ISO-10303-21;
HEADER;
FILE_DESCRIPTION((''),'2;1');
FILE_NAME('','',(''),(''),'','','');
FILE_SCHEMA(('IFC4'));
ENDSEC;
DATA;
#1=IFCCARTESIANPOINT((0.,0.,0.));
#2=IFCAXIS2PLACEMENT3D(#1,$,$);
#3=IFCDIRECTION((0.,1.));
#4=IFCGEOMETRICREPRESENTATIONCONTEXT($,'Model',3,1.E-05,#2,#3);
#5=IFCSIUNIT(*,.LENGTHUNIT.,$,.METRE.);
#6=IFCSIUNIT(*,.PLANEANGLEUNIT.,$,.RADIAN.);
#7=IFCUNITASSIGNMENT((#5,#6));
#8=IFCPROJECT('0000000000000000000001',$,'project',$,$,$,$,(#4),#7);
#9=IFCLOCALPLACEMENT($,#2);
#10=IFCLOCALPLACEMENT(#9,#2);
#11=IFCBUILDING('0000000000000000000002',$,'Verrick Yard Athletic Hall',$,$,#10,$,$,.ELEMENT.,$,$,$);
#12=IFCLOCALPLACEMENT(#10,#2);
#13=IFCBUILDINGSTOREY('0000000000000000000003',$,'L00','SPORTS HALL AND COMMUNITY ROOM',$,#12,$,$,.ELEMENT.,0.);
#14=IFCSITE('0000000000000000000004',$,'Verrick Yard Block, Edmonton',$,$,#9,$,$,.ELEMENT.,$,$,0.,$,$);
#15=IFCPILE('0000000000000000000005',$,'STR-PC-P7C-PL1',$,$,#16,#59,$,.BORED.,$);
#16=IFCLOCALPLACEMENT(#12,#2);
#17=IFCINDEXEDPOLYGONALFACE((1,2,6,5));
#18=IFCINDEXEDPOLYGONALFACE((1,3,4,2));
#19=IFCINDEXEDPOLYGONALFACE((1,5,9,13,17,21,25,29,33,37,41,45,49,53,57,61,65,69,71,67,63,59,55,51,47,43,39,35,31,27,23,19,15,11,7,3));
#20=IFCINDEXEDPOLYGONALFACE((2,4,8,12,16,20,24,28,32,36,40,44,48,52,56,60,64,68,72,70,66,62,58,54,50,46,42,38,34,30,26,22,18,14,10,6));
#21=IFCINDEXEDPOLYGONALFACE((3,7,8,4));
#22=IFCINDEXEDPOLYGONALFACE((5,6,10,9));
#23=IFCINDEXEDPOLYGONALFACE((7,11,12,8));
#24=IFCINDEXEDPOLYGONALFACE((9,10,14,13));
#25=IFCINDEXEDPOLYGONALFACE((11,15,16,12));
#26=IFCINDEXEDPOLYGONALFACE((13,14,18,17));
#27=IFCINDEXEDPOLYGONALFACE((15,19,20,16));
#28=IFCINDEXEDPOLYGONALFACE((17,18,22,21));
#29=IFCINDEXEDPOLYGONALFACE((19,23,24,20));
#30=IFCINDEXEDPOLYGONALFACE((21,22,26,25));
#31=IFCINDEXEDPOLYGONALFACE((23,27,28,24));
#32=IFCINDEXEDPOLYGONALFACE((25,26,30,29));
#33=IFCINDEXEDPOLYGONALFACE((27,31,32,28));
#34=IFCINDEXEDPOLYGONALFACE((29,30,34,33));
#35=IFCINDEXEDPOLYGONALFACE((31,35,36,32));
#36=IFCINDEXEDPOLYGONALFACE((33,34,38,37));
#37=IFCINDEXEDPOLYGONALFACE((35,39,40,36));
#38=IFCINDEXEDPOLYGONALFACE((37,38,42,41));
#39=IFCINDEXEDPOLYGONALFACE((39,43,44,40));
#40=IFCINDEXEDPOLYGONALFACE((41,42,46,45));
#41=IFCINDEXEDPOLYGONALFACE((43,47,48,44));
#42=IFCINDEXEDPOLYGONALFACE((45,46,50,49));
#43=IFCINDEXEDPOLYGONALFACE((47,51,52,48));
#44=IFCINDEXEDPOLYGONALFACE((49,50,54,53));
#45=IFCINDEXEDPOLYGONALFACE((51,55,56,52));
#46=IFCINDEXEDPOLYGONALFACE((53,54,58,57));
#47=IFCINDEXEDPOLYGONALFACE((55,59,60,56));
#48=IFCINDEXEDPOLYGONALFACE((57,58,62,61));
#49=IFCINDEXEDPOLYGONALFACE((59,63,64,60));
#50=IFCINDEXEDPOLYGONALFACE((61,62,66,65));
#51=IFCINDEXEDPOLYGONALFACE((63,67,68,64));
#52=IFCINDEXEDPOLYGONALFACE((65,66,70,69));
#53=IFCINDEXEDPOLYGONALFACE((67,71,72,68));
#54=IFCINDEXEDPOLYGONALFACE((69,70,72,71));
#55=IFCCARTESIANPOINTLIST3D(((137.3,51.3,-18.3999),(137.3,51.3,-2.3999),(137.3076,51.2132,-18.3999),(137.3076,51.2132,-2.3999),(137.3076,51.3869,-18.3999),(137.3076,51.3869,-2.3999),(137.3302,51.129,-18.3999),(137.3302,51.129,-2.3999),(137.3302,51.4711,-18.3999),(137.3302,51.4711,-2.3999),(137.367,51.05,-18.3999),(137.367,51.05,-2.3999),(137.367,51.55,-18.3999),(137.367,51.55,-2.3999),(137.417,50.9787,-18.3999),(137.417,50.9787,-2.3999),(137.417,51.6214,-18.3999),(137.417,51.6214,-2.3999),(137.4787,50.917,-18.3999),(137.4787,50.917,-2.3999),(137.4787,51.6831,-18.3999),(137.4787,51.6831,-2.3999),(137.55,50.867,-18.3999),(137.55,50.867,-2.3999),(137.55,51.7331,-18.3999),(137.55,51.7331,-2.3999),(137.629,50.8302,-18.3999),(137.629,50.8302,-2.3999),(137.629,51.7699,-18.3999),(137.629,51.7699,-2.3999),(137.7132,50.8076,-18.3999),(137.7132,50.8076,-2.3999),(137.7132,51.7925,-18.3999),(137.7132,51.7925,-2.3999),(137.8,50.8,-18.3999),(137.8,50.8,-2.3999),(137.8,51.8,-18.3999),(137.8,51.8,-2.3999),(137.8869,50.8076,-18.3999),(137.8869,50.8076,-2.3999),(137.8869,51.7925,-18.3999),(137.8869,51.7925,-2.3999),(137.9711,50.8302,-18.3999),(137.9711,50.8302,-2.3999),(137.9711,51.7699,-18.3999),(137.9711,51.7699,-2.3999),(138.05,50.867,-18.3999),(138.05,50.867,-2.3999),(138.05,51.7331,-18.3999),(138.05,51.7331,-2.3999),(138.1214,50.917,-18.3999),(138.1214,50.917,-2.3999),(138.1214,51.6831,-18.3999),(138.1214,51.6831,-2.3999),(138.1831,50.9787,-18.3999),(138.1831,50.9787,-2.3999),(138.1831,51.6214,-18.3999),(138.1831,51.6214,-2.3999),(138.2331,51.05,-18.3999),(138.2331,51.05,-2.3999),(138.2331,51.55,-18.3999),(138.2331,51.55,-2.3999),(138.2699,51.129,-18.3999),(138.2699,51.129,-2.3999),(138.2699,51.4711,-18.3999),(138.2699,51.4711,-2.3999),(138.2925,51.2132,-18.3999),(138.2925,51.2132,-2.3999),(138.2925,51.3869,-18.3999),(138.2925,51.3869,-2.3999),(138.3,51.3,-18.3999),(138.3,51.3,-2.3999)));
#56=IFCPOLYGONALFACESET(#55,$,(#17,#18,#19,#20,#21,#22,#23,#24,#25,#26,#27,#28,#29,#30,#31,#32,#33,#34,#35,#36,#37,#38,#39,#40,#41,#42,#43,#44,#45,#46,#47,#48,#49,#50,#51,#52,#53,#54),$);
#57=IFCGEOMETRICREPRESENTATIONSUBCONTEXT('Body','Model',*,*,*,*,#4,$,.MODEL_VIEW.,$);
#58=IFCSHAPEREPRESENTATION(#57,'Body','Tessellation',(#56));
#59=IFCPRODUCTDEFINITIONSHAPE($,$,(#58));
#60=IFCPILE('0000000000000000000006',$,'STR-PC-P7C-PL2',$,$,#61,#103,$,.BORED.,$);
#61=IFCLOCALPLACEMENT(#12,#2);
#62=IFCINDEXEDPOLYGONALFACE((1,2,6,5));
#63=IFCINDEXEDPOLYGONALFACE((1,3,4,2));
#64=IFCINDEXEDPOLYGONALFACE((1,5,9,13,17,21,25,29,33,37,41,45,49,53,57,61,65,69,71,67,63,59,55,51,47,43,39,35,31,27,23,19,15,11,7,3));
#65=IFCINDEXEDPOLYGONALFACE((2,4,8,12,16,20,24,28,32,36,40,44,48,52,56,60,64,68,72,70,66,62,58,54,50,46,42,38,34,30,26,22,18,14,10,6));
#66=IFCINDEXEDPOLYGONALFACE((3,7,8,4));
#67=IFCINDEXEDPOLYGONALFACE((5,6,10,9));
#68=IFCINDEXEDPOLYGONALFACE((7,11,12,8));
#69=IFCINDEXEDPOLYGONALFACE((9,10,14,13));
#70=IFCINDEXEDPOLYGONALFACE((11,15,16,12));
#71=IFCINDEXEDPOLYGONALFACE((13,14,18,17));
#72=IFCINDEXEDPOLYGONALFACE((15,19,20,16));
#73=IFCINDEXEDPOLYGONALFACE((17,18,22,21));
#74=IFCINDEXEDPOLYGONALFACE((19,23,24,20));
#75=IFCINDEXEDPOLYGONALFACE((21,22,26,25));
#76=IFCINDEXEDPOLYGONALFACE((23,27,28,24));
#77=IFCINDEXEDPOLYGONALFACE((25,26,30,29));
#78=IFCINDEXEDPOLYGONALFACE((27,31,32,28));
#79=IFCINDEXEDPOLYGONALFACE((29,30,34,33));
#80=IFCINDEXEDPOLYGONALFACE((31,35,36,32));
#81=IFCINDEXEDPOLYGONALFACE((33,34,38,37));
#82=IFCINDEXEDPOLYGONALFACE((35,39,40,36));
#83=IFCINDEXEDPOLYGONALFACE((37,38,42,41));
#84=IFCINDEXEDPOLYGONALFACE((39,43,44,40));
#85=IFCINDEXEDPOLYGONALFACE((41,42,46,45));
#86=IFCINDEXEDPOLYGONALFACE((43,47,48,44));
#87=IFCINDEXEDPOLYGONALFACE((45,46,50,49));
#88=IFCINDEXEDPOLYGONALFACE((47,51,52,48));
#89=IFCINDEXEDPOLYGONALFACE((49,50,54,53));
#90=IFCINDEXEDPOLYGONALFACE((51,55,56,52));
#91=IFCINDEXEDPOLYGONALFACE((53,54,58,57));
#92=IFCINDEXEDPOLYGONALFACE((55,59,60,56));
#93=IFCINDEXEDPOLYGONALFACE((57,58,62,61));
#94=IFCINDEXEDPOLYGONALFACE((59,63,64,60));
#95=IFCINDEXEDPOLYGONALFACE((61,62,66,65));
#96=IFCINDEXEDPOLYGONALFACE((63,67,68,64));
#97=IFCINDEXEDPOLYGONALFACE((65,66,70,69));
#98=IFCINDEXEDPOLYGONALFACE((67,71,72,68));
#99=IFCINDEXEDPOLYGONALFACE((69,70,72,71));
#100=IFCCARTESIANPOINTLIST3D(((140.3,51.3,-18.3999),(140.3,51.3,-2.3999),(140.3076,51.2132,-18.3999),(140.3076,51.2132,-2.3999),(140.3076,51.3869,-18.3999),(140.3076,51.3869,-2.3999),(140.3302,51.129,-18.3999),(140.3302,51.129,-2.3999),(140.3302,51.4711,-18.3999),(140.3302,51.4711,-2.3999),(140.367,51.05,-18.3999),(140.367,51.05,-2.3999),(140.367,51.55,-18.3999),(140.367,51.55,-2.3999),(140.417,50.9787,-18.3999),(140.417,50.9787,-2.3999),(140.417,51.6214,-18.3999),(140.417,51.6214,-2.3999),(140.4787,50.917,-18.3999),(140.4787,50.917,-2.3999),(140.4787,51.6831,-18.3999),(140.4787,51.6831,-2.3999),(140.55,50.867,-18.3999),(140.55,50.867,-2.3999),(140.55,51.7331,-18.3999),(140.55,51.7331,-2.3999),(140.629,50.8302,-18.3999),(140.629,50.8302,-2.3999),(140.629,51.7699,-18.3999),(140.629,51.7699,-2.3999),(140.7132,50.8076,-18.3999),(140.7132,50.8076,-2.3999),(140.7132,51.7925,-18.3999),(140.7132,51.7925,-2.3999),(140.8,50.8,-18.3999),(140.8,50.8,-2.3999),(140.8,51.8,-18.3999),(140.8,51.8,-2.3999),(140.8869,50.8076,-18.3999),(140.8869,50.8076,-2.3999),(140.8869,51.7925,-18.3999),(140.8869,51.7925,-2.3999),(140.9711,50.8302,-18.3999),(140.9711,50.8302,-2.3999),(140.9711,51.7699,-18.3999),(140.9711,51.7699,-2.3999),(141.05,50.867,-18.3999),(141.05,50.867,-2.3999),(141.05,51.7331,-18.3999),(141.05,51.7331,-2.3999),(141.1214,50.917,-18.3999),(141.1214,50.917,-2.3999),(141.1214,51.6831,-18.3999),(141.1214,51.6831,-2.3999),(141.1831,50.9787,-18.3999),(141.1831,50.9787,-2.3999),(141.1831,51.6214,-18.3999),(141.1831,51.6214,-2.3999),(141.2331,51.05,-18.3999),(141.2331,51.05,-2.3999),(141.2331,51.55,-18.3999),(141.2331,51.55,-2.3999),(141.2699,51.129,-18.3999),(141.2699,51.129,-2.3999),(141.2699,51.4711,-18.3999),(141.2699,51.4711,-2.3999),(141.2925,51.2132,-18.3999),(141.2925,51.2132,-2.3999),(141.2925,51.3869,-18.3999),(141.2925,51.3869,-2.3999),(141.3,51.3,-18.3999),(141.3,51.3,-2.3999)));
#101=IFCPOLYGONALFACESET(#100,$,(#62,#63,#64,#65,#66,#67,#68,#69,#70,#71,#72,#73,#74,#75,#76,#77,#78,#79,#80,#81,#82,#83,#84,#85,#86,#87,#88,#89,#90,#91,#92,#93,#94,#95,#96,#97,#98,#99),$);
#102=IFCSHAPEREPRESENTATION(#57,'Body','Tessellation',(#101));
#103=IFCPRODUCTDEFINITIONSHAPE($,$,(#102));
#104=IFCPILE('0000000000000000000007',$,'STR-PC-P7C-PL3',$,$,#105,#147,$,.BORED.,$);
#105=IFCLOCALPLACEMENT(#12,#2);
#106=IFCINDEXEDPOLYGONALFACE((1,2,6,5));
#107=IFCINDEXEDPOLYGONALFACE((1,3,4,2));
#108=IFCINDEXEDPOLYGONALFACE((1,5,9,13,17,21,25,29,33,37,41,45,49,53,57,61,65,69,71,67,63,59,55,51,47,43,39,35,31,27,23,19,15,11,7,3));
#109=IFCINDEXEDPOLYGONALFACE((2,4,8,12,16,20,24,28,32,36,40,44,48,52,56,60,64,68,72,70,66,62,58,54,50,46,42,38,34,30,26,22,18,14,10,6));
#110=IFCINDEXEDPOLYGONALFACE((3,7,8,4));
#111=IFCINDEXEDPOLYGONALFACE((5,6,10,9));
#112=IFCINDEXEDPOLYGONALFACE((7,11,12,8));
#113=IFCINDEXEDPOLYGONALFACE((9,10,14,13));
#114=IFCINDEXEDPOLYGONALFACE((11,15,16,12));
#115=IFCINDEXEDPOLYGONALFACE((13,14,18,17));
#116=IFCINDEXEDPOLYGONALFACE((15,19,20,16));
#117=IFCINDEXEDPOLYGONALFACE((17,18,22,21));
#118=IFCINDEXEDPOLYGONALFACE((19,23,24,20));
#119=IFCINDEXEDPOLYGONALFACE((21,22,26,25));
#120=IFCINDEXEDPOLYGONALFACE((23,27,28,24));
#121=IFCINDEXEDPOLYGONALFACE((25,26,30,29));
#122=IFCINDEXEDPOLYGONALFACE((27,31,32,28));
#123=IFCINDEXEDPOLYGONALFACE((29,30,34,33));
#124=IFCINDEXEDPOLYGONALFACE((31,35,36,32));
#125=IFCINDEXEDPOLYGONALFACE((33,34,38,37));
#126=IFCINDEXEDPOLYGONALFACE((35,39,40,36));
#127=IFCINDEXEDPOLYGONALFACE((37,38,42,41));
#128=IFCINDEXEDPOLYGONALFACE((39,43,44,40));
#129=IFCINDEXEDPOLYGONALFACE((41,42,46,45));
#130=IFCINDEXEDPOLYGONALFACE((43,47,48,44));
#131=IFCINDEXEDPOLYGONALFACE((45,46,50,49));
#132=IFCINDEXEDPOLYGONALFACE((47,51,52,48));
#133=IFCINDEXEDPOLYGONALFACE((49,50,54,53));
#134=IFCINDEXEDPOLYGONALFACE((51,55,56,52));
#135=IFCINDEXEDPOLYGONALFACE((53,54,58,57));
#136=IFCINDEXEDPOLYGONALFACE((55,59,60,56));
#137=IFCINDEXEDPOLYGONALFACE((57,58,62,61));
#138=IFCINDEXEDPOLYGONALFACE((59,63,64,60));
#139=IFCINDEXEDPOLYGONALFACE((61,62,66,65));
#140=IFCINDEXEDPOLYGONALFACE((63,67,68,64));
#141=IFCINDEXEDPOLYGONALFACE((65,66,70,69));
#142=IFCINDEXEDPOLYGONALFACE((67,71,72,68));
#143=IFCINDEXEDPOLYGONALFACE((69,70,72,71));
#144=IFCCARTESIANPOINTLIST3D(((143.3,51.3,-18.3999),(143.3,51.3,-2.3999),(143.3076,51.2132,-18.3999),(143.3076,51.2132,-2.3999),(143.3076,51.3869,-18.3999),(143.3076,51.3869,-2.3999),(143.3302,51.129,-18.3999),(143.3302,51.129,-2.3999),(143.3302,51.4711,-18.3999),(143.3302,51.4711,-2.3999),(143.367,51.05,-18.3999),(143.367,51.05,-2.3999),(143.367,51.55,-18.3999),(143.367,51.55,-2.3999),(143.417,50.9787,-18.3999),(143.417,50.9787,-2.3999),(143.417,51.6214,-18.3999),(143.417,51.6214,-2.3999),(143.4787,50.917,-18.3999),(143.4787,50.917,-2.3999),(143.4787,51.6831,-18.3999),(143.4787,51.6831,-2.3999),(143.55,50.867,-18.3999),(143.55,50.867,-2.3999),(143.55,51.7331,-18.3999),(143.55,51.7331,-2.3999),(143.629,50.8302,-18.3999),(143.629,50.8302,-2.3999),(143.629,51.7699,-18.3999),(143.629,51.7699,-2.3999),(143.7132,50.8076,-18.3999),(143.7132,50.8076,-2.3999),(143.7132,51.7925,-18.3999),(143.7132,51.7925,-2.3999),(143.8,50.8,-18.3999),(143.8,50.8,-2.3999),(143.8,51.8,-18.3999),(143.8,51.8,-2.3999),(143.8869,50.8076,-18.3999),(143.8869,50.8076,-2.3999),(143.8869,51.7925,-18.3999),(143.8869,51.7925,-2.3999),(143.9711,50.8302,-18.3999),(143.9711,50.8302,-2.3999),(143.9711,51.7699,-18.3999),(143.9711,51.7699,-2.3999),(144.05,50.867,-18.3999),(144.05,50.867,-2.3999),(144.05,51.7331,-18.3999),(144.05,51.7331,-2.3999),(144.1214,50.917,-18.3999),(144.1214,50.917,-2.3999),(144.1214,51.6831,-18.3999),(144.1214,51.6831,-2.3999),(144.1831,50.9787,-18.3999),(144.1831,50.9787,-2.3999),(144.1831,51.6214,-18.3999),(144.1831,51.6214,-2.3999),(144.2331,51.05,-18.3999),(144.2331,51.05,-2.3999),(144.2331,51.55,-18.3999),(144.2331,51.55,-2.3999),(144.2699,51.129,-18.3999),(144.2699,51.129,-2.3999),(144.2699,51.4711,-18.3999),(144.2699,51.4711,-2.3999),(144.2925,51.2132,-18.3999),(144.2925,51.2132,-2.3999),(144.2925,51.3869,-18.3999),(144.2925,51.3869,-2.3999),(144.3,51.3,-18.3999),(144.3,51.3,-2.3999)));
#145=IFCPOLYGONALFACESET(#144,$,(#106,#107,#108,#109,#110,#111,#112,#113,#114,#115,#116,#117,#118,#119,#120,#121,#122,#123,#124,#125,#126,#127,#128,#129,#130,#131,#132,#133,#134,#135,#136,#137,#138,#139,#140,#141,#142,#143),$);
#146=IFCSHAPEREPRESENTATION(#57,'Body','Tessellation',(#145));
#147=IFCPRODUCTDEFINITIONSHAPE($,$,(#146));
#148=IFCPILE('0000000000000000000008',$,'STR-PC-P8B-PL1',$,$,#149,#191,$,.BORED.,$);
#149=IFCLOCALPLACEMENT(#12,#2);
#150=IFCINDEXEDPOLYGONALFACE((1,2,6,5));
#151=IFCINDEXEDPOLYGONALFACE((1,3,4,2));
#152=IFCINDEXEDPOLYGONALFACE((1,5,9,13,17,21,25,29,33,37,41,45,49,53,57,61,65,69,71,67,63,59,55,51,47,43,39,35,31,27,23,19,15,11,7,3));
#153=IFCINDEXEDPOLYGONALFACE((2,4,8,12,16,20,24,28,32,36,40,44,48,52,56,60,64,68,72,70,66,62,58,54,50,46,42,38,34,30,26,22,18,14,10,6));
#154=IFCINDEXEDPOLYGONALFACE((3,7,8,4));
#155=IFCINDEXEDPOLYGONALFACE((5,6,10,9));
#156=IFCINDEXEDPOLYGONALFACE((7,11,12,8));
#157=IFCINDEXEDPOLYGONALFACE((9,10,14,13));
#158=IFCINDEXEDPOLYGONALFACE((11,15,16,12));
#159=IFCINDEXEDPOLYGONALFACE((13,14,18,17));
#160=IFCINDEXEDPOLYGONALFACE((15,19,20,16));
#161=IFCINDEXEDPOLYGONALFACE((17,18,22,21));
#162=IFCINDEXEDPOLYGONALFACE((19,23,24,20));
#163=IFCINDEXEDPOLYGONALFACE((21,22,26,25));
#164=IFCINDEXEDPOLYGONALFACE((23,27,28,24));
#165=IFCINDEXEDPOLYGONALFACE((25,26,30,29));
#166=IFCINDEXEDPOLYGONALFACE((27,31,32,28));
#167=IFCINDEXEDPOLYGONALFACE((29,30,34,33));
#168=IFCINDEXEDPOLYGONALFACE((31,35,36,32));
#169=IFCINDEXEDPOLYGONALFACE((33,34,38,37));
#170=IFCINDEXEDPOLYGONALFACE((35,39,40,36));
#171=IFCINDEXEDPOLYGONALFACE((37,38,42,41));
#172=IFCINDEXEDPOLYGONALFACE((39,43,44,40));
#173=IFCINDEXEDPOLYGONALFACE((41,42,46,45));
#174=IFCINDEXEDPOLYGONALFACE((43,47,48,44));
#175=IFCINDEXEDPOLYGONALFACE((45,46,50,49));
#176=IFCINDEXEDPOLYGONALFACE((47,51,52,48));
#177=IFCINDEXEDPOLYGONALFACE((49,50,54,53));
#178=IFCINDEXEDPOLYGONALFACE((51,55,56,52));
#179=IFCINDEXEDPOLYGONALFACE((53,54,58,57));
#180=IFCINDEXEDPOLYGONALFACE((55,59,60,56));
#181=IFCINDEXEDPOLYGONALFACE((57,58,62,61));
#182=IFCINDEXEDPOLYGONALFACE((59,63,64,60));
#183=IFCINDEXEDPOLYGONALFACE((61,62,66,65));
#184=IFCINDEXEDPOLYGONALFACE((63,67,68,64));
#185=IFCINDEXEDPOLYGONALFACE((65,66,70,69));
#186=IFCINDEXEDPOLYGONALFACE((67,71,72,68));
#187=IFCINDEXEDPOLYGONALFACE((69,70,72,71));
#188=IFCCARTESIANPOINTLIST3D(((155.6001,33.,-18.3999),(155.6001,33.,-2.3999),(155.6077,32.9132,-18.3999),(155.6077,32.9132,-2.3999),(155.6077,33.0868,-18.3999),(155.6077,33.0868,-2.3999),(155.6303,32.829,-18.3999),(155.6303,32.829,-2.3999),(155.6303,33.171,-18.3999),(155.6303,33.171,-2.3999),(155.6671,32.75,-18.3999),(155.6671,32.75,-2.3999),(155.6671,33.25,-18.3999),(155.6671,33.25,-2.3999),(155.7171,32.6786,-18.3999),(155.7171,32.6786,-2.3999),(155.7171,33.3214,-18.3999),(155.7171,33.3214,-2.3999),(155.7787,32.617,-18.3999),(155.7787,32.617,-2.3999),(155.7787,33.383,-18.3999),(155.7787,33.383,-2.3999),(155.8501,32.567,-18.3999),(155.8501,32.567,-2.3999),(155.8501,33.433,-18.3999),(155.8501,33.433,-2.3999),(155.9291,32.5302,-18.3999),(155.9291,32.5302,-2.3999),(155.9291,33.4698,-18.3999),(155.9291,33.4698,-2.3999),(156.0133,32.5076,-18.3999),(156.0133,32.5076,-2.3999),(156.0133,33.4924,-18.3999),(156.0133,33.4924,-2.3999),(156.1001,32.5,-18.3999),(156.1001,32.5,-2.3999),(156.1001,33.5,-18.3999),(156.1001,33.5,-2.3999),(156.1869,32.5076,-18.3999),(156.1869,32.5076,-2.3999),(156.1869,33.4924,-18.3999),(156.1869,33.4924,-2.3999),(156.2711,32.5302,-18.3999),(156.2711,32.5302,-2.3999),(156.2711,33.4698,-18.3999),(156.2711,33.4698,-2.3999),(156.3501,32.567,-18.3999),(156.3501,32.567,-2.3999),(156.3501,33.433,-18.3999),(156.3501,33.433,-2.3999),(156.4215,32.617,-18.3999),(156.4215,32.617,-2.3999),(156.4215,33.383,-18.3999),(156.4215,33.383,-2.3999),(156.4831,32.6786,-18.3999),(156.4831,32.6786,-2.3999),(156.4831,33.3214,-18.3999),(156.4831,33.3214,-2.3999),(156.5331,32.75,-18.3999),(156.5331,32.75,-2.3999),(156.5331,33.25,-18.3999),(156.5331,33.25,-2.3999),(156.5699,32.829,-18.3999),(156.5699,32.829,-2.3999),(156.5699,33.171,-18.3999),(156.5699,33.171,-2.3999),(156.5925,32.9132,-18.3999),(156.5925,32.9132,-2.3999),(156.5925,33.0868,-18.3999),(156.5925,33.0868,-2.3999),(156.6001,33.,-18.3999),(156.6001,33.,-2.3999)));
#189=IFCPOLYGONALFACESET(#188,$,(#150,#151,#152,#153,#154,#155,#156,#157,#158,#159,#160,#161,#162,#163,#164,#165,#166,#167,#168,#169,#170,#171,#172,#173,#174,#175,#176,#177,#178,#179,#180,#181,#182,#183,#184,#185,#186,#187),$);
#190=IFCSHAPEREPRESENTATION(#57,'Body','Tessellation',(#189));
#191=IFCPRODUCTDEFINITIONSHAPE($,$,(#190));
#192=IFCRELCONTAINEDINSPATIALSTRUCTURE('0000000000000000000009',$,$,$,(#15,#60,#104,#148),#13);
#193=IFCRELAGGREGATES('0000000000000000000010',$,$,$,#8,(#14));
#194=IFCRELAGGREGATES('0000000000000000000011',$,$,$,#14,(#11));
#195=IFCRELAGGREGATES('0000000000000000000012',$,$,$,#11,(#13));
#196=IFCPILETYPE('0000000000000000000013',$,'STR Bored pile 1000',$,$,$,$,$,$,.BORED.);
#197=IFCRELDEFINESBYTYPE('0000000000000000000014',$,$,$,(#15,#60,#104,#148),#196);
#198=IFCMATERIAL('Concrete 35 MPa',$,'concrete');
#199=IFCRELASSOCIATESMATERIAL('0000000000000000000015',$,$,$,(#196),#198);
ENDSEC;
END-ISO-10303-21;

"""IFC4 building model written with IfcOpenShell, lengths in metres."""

from ifc_helpers import new_model, si_unit, direction, frame, origin, origin_2d, place, context, subcontext, project, spatial, circle, extrude, material, type_object, element, save


model = new_model("IFC4")

# Units and contexts
model_context = context("Model", 3, precision=1e-05, world=origin(), true_north=direction((0.0, 1.0)))
body_context = subcontext(model_context, "Body", "Model", "MODEL_VIEW")
ifc_project = project(units=[si_unit("LENGTHUNIT", "METRE"), si_unit("PLANEANGLEUNIT", "RADIAN")], contexts=[model_context])

# Site, building, storey
site_placement = place(None, origin())
site = spatial("IfcSite", under=ifc_project, at=site_placement, Name="Verrick Yard Block, Edmonton", CompositionType="ELEMENT", RefElevation=0.0)
building_placement = place(site_placement, origin())
building = spatial("IfcBuilding", under=site, at=building_placement, Name="Verrick Yard Athletic Hall", CompositionType="ELEMENT")
storey_placement = place(building_placement, origin())
storey = spatial("IfcBuildingStorey", under=building, at=storey_placement, Name="L00", Description="SPORTS HALL AND COMMUNITY ROOM", CompositionType="ELEMENT", Elevation=0.0)

# Piles
ifc_material_1 = material(Name="Concrete 35 MPa", Category="concrete")
pile_type = type_object("IfcPileType", Name="STR Bored pile 1000", PredefinedType="BORED", material=ifc_material_1)
for number, where, z_axis, x_axis, name in (
    (1, (137.8, 51.3, -2.3999), (0.0, 0.0, -1.0), (1.0, 0.0, 0.0), "STR-PC-P7C-PL1"),
    (2, (140.8, 51.3, -2.3999), (0.0, 0.0, -1.0), (1.0, 0.0, 0.0), "STR-PC-P7C-PL2"),
    (3, (143.8, 51.3, -2.3999), (0.0, 0.0, -1.0), (1.0, 0.0, 0.0), "STR-PC-P7C-PL3"),
    (4, (156.1001, 33.0, -2.3999), (0.0, 0.0, -1.0), (1.0, 0.0, 0.0), "STR-PC-P8B-PL1"),
):
    element("IfcPile", number, at=place(storey_placement, frame(where, z_axis=z_axis, x_axis=x_axis)), inside=storey, type_object=pile_type, Name=name, PredefinedType="BORED", context=body_context, shape_type="SweptSolid", body=[
        extrude(circle(Radius=0.5, at=origin_2d()), origin(), (0.0, 0.0, 1.0), 16.0),
    ])

save(model, "model.ifc")
